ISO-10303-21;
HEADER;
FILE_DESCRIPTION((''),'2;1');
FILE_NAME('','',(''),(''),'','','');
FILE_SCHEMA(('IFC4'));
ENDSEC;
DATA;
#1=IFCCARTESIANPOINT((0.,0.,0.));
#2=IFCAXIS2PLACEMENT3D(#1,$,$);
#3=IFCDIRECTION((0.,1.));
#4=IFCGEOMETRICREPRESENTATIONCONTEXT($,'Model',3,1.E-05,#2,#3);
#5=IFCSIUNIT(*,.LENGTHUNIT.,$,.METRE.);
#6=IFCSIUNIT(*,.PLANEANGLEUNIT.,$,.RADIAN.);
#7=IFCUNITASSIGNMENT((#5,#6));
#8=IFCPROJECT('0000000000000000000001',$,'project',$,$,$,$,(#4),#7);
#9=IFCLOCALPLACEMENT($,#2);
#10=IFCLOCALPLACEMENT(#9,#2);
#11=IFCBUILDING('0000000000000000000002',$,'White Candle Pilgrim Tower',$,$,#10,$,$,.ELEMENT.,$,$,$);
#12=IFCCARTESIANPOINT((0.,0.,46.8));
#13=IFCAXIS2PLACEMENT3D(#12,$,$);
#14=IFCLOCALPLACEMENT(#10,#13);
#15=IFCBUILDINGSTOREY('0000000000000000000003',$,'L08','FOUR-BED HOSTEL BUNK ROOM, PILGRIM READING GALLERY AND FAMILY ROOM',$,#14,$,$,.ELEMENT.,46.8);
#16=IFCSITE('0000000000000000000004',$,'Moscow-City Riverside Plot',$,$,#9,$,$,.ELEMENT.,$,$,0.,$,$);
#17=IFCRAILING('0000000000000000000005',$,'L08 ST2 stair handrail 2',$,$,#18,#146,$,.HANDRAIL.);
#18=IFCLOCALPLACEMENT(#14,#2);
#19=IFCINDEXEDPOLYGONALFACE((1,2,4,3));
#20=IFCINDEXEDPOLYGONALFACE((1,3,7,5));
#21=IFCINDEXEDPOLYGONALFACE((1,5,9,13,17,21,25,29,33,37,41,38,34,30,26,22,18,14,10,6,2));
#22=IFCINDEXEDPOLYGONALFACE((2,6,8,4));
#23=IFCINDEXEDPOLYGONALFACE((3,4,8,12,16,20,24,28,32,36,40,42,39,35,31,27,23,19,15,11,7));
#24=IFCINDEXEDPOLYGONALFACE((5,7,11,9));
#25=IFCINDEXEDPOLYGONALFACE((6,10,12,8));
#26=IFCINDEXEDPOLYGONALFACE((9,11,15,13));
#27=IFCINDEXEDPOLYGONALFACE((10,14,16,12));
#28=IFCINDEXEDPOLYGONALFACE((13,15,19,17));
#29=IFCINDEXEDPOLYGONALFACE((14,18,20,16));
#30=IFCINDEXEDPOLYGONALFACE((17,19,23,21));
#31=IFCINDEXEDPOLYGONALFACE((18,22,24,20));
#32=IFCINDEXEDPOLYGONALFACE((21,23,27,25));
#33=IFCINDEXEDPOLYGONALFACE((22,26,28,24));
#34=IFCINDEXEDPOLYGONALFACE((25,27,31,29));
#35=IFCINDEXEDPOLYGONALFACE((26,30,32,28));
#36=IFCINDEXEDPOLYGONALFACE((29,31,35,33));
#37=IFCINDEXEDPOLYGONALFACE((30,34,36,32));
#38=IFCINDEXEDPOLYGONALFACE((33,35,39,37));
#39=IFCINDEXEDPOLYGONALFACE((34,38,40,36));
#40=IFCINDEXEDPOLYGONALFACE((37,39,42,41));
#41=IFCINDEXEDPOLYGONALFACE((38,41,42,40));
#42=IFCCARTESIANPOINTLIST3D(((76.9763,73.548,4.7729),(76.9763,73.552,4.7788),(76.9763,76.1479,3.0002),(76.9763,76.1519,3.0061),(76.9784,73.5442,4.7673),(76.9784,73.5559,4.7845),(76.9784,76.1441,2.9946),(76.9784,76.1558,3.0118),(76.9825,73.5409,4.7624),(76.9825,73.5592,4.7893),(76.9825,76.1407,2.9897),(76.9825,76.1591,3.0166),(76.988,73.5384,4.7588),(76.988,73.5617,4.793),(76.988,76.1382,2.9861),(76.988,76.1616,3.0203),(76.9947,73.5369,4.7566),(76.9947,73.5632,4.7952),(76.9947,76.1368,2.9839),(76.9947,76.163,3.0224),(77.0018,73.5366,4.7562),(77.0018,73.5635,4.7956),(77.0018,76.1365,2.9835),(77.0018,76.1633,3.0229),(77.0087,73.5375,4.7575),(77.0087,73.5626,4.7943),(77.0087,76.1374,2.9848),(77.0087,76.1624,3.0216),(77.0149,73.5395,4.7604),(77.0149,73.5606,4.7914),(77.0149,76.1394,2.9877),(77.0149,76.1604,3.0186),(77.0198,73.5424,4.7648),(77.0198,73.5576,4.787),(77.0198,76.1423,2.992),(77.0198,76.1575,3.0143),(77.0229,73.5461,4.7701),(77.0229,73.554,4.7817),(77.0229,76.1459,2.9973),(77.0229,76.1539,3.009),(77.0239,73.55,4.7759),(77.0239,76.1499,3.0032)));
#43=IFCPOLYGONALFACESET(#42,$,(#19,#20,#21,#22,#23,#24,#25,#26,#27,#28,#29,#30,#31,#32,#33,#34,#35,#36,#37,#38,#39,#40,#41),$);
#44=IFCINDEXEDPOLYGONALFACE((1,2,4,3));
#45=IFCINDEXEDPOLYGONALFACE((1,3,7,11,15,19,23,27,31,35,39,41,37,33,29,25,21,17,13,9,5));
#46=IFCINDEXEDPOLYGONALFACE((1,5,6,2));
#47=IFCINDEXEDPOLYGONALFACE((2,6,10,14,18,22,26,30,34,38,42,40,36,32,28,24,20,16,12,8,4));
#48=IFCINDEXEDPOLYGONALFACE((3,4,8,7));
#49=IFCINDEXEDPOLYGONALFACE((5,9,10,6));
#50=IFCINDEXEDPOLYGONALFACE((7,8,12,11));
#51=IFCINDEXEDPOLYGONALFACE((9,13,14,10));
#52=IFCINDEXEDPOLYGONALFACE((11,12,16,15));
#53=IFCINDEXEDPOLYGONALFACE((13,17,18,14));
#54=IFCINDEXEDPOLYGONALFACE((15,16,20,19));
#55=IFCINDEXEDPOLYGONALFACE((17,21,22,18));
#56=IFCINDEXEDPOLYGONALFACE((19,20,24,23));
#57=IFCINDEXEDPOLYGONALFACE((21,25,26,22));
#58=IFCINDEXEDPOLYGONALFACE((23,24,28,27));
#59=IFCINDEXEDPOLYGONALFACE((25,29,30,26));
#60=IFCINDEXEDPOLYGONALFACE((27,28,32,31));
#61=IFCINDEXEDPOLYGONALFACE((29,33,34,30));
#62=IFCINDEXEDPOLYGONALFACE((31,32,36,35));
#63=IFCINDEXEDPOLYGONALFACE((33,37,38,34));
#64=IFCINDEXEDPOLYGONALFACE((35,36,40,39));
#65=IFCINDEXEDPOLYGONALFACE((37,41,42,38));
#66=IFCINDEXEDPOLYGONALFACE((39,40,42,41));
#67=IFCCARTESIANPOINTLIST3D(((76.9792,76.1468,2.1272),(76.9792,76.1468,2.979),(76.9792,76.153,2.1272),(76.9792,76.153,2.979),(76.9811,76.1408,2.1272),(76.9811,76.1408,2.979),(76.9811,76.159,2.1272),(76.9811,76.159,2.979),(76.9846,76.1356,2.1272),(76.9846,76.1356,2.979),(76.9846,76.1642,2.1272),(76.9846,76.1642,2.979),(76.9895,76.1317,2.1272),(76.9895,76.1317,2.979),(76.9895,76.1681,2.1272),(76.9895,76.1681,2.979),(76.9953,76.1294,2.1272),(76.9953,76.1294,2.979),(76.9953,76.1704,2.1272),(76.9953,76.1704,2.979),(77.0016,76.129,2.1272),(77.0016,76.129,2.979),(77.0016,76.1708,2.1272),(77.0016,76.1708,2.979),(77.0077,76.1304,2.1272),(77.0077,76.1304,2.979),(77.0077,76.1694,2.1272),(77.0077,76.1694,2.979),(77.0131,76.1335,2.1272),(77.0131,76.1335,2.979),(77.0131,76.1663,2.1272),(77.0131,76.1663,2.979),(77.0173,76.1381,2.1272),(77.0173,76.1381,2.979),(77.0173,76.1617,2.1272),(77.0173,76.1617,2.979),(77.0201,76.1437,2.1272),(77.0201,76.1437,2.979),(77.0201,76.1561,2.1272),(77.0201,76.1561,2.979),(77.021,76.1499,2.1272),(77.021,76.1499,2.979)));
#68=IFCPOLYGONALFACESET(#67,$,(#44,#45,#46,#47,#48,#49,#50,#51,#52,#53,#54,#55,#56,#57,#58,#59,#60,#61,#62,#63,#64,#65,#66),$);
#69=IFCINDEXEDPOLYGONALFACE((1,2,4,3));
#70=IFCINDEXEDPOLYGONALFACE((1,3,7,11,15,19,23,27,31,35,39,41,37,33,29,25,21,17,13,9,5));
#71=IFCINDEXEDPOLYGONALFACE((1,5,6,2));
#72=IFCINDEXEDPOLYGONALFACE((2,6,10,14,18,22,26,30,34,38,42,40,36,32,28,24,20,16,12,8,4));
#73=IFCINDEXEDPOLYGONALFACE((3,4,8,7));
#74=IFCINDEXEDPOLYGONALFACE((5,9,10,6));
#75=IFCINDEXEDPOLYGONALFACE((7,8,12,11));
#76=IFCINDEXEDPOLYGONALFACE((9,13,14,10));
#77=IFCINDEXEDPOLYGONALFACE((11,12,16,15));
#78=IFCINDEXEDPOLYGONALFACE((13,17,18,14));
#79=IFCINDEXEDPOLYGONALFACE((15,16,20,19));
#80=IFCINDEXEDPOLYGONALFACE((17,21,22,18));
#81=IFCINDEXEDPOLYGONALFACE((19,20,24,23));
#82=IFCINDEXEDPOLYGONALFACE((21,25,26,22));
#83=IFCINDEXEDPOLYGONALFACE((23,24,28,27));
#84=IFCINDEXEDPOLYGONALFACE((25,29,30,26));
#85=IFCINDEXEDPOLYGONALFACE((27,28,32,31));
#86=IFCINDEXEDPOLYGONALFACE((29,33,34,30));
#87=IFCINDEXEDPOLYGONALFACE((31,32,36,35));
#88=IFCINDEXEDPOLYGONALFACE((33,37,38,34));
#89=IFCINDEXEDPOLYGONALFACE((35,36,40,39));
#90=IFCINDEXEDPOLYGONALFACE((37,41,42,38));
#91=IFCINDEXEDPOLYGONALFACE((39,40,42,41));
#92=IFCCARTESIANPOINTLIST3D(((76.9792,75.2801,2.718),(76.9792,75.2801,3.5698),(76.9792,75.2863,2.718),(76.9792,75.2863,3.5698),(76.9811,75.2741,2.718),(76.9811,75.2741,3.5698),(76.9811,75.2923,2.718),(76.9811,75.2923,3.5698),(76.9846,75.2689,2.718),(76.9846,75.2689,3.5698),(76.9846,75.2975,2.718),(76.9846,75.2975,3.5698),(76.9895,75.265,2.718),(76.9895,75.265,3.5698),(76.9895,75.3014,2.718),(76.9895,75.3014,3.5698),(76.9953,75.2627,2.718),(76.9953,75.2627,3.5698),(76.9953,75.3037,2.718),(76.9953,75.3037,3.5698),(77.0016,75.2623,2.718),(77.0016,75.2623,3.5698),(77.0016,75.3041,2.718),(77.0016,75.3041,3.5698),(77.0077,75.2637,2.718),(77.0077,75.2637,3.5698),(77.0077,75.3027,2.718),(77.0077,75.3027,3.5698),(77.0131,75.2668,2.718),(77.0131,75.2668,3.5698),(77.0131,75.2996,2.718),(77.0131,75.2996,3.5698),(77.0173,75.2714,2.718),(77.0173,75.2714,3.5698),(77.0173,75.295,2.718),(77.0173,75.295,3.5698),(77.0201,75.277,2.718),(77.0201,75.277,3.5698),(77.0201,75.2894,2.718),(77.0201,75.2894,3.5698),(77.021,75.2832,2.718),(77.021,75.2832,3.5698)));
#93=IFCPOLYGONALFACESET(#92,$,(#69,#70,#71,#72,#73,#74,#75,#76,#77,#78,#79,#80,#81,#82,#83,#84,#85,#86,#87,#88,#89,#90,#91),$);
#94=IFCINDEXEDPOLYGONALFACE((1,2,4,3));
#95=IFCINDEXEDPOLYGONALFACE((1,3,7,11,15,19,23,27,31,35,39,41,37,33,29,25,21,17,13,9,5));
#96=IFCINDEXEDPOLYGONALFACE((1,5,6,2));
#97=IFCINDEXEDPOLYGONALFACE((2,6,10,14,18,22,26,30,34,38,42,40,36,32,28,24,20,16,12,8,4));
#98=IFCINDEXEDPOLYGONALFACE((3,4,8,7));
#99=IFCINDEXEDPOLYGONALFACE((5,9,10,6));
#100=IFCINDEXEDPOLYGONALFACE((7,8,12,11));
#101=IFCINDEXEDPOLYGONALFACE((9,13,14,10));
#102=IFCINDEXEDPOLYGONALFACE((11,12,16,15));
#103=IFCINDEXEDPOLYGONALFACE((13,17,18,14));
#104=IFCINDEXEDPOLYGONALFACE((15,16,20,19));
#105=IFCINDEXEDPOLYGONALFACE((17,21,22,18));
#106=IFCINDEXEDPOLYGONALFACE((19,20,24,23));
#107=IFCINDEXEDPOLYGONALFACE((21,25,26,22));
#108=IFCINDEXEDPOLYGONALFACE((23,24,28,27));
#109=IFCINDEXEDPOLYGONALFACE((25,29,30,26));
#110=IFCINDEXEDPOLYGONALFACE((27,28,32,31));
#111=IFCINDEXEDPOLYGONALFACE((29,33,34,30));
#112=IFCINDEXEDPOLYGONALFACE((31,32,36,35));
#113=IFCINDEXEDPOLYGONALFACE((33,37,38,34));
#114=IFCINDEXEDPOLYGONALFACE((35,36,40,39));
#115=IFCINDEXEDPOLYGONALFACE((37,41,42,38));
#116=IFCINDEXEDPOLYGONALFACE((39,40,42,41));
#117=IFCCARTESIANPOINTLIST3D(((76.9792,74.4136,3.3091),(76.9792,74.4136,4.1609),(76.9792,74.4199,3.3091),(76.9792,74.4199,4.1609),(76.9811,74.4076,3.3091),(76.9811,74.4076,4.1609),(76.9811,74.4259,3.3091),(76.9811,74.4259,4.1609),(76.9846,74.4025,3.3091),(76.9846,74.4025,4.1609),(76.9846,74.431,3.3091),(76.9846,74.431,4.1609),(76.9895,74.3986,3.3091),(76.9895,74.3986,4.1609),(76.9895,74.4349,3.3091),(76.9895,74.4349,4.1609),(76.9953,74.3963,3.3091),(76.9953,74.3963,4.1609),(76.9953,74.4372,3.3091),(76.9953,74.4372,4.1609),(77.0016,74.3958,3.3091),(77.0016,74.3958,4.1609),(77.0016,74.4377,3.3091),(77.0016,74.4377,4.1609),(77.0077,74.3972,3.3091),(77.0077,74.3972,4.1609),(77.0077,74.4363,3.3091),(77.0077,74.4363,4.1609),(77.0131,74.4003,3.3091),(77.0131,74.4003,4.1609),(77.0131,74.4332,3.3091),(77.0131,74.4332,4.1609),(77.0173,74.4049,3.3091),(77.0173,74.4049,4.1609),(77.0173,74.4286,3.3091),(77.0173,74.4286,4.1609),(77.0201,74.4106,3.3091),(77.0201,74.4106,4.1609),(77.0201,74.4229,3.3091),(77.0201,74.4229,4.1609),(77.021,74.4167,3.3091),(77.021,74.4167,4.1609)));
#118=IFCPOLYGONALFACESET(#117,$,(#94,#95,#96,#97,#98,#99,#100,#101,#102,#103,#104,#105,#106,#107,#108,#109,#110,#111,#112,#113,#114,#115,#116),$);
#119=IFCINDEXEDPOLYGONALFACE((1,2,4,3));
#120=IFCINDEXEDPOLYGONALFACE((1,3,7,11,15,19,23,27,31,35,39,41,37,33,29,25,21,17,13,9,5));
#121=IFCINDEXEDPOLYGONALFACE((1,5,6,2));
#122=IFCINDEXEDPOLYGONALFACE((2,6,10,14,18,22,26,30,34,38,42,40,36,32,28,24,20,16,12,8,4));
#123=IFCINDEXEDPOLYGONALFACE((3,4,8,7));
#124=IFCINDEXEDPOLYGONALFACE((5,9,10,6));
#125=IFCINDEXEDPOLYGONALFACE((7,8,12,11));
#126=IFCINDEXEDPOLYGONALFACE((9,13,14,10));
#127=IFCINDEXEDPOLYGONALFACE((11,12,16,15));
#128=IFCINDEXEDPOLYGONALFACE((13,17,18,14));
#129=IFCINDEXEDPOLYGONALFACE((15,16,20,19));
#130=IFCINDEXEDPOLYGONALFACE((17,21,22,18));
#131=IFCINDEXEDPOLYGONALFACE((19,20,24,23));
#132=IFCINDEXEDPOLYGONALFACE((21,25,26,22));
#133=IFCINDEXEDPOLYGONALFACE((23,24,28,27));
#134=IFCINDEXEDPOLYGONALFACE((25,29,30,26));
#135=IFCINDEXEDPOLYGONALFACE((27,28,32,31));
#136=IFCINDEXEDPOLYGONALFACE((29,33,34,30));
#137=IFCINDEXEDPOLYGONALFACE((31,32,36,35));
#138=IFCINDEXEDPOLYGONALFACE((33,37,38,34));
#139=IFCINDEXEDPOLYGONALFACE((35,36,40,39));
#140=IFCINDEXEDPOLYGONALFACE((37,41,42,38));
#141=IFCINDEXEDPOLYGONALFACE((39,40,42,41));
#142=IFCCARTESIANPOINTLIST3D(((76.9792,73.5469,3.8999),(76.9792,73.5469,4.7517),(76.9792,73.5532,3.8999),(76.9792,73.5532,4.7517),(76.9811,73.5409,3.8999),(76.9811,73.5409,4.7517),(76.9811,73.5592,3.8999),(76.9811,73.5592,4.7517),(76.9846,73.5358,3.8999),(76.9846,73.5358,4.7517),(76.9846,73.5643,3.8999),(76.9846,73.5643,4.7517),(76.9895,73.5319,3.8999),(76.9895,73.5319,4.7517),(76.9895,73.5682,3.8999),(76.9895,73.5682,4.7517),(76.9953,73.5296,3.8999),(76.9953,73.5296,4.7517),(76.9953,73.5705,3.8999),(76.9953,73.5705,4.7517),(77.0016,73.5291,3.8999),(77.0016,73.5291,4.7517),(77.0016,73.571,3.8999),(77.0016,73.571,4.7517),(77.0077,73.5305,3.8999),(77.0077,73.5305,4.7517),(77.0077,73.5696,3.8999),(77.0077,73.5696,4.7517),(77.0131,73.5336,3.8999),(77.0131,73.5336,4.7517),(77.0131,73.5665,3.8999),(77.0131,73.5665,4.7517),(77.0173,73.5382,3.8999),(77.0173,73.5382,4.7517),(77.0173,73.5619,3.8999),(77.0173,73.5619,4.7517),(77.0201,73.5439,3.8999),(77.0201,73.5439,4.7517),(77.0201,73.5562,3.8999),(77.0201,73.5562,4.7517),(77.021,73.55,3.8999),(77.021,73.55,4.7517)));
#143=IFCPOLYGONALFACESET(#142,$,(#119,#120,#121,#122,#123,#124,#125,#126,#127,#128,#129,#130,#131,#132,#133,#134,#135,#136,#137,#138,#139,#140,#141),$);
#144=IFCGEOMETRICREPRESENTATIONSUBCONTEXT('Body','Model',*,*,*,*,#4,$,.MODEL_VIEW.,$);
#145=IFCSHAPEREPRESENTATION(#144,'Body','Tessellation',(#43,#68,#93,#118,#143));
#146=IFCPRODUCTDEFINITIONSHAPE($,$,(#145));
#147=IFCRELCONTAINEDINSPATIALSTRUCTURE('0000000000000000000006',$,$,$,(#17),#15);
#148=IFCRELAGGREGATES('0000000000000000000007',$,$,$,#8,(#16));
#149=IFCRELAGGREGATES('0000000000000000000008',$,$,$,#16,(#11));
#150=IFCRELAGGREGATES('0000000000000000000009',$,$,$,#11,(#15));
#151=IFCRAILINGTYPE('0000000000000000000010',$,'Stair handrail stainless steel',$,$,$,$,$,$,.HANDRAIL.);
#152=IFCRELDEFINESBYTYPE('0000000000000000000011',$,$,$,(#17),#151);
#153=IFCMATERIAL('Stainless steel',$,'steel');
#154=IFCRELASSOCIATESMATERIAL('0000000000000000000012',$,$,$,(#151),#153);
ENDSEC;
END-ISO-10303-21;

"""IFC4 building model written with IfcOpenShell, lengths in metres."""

from ifc_helpers import new_model, si_unit, direction, frame, origin, origin_2d, place, context, subcontext, project, spatial, circle, extrude, material, type_object, element, save


model = new_model("IFC4")

# Units and contexts
model_context = context("Model", 3, precision=1e-05, world=origin(), true_north=direction((0.0, 1.0)))
body_context = subcontext(model_context, "Body", "Model", "MODEL_VIEW")
ifc_project = project(units=[si_unit("LENGTHUNIT", "METRE"), si_unit("PLANEANGLEUNIT", "RADIAN")], contexts=[model_context])

# Site, building, storey
site_placement = place(None, origin())
site = spatial("IfcSite", under=ifc_project, at=site_placement, Name="Moscow-City Riverside Plot", CompositionType="ELEMENT", RefElevation=0.0)
building_placement = place(site_placement, origin())
building = spatial("IfcBuilding", under=site, at=building_placement, Name="White Candle Pilgrim Tower", CompositionType="ELEMENT")
storey_placement = place(building_placement, frame((0.0, 0.0, 46.8)))
storey = spatial("IfcBuildingStorey", under=building, at=storey_placement, Name="L08", Description="FOUR-BED HOSTEL BUNK ROOM, PILGRIM READING GALLERY AND FAMILY ROOM", CompositionType="ELEMENT", Elevation=46.8)

# Railing
ifc_material_1 = material(Name="Stainless steel", Category="steel")
railing_type_1 = type_object("IfcRailingType", Name="Stair handrail stainless steel", PredefinedType="HANDRAIL", material=ifc_material_1)
railing_1_placement = place(storey_placement, frame((77.0, 76.1499, 2.1272)))
element("IfcRailing", 1, at=railing_1_placement, inside=storey, type_object=railing_type_1, Name="L08 ST2 stair handrail 2", PredefinedType="HANDRAIL", context=body_context, shape_type="SweptSolid", body=[
    extrude(circle(Radius=0.0239, at=origin_2d()), frame((0.0, 0.0, 0.876), z_axis=(0.0, -0.826216, 0.563354), x_axis=(1.0, 0.0, 0.0)), (0.0, 0.0, 1.0), 3.1467),
    extrude(circle(Radius=0.021, at=origin_2d()), origin(), (0.0, 0.0, 1.0), 0.8518),
    extrude(circle(Radius=0.021, at=origin_2d()), frame((0.0, -0.8667, 0.5908)), (0.0, 0.0, 1.0), 0.8518),
    extrude(circle(Radius=0.021, at=origin_2d()), frame((0.0, -1.7332, 1.1819)), (0.0, 0.0, 1.0), 0.8518),
    extrude(circle(Radius=0.021, at=origin_2d()), frame((0.0, -2.5999, 1.7727)), (0.0, 0.0, 1.0), 0.8518),
])

save(model, "model.ifc")
